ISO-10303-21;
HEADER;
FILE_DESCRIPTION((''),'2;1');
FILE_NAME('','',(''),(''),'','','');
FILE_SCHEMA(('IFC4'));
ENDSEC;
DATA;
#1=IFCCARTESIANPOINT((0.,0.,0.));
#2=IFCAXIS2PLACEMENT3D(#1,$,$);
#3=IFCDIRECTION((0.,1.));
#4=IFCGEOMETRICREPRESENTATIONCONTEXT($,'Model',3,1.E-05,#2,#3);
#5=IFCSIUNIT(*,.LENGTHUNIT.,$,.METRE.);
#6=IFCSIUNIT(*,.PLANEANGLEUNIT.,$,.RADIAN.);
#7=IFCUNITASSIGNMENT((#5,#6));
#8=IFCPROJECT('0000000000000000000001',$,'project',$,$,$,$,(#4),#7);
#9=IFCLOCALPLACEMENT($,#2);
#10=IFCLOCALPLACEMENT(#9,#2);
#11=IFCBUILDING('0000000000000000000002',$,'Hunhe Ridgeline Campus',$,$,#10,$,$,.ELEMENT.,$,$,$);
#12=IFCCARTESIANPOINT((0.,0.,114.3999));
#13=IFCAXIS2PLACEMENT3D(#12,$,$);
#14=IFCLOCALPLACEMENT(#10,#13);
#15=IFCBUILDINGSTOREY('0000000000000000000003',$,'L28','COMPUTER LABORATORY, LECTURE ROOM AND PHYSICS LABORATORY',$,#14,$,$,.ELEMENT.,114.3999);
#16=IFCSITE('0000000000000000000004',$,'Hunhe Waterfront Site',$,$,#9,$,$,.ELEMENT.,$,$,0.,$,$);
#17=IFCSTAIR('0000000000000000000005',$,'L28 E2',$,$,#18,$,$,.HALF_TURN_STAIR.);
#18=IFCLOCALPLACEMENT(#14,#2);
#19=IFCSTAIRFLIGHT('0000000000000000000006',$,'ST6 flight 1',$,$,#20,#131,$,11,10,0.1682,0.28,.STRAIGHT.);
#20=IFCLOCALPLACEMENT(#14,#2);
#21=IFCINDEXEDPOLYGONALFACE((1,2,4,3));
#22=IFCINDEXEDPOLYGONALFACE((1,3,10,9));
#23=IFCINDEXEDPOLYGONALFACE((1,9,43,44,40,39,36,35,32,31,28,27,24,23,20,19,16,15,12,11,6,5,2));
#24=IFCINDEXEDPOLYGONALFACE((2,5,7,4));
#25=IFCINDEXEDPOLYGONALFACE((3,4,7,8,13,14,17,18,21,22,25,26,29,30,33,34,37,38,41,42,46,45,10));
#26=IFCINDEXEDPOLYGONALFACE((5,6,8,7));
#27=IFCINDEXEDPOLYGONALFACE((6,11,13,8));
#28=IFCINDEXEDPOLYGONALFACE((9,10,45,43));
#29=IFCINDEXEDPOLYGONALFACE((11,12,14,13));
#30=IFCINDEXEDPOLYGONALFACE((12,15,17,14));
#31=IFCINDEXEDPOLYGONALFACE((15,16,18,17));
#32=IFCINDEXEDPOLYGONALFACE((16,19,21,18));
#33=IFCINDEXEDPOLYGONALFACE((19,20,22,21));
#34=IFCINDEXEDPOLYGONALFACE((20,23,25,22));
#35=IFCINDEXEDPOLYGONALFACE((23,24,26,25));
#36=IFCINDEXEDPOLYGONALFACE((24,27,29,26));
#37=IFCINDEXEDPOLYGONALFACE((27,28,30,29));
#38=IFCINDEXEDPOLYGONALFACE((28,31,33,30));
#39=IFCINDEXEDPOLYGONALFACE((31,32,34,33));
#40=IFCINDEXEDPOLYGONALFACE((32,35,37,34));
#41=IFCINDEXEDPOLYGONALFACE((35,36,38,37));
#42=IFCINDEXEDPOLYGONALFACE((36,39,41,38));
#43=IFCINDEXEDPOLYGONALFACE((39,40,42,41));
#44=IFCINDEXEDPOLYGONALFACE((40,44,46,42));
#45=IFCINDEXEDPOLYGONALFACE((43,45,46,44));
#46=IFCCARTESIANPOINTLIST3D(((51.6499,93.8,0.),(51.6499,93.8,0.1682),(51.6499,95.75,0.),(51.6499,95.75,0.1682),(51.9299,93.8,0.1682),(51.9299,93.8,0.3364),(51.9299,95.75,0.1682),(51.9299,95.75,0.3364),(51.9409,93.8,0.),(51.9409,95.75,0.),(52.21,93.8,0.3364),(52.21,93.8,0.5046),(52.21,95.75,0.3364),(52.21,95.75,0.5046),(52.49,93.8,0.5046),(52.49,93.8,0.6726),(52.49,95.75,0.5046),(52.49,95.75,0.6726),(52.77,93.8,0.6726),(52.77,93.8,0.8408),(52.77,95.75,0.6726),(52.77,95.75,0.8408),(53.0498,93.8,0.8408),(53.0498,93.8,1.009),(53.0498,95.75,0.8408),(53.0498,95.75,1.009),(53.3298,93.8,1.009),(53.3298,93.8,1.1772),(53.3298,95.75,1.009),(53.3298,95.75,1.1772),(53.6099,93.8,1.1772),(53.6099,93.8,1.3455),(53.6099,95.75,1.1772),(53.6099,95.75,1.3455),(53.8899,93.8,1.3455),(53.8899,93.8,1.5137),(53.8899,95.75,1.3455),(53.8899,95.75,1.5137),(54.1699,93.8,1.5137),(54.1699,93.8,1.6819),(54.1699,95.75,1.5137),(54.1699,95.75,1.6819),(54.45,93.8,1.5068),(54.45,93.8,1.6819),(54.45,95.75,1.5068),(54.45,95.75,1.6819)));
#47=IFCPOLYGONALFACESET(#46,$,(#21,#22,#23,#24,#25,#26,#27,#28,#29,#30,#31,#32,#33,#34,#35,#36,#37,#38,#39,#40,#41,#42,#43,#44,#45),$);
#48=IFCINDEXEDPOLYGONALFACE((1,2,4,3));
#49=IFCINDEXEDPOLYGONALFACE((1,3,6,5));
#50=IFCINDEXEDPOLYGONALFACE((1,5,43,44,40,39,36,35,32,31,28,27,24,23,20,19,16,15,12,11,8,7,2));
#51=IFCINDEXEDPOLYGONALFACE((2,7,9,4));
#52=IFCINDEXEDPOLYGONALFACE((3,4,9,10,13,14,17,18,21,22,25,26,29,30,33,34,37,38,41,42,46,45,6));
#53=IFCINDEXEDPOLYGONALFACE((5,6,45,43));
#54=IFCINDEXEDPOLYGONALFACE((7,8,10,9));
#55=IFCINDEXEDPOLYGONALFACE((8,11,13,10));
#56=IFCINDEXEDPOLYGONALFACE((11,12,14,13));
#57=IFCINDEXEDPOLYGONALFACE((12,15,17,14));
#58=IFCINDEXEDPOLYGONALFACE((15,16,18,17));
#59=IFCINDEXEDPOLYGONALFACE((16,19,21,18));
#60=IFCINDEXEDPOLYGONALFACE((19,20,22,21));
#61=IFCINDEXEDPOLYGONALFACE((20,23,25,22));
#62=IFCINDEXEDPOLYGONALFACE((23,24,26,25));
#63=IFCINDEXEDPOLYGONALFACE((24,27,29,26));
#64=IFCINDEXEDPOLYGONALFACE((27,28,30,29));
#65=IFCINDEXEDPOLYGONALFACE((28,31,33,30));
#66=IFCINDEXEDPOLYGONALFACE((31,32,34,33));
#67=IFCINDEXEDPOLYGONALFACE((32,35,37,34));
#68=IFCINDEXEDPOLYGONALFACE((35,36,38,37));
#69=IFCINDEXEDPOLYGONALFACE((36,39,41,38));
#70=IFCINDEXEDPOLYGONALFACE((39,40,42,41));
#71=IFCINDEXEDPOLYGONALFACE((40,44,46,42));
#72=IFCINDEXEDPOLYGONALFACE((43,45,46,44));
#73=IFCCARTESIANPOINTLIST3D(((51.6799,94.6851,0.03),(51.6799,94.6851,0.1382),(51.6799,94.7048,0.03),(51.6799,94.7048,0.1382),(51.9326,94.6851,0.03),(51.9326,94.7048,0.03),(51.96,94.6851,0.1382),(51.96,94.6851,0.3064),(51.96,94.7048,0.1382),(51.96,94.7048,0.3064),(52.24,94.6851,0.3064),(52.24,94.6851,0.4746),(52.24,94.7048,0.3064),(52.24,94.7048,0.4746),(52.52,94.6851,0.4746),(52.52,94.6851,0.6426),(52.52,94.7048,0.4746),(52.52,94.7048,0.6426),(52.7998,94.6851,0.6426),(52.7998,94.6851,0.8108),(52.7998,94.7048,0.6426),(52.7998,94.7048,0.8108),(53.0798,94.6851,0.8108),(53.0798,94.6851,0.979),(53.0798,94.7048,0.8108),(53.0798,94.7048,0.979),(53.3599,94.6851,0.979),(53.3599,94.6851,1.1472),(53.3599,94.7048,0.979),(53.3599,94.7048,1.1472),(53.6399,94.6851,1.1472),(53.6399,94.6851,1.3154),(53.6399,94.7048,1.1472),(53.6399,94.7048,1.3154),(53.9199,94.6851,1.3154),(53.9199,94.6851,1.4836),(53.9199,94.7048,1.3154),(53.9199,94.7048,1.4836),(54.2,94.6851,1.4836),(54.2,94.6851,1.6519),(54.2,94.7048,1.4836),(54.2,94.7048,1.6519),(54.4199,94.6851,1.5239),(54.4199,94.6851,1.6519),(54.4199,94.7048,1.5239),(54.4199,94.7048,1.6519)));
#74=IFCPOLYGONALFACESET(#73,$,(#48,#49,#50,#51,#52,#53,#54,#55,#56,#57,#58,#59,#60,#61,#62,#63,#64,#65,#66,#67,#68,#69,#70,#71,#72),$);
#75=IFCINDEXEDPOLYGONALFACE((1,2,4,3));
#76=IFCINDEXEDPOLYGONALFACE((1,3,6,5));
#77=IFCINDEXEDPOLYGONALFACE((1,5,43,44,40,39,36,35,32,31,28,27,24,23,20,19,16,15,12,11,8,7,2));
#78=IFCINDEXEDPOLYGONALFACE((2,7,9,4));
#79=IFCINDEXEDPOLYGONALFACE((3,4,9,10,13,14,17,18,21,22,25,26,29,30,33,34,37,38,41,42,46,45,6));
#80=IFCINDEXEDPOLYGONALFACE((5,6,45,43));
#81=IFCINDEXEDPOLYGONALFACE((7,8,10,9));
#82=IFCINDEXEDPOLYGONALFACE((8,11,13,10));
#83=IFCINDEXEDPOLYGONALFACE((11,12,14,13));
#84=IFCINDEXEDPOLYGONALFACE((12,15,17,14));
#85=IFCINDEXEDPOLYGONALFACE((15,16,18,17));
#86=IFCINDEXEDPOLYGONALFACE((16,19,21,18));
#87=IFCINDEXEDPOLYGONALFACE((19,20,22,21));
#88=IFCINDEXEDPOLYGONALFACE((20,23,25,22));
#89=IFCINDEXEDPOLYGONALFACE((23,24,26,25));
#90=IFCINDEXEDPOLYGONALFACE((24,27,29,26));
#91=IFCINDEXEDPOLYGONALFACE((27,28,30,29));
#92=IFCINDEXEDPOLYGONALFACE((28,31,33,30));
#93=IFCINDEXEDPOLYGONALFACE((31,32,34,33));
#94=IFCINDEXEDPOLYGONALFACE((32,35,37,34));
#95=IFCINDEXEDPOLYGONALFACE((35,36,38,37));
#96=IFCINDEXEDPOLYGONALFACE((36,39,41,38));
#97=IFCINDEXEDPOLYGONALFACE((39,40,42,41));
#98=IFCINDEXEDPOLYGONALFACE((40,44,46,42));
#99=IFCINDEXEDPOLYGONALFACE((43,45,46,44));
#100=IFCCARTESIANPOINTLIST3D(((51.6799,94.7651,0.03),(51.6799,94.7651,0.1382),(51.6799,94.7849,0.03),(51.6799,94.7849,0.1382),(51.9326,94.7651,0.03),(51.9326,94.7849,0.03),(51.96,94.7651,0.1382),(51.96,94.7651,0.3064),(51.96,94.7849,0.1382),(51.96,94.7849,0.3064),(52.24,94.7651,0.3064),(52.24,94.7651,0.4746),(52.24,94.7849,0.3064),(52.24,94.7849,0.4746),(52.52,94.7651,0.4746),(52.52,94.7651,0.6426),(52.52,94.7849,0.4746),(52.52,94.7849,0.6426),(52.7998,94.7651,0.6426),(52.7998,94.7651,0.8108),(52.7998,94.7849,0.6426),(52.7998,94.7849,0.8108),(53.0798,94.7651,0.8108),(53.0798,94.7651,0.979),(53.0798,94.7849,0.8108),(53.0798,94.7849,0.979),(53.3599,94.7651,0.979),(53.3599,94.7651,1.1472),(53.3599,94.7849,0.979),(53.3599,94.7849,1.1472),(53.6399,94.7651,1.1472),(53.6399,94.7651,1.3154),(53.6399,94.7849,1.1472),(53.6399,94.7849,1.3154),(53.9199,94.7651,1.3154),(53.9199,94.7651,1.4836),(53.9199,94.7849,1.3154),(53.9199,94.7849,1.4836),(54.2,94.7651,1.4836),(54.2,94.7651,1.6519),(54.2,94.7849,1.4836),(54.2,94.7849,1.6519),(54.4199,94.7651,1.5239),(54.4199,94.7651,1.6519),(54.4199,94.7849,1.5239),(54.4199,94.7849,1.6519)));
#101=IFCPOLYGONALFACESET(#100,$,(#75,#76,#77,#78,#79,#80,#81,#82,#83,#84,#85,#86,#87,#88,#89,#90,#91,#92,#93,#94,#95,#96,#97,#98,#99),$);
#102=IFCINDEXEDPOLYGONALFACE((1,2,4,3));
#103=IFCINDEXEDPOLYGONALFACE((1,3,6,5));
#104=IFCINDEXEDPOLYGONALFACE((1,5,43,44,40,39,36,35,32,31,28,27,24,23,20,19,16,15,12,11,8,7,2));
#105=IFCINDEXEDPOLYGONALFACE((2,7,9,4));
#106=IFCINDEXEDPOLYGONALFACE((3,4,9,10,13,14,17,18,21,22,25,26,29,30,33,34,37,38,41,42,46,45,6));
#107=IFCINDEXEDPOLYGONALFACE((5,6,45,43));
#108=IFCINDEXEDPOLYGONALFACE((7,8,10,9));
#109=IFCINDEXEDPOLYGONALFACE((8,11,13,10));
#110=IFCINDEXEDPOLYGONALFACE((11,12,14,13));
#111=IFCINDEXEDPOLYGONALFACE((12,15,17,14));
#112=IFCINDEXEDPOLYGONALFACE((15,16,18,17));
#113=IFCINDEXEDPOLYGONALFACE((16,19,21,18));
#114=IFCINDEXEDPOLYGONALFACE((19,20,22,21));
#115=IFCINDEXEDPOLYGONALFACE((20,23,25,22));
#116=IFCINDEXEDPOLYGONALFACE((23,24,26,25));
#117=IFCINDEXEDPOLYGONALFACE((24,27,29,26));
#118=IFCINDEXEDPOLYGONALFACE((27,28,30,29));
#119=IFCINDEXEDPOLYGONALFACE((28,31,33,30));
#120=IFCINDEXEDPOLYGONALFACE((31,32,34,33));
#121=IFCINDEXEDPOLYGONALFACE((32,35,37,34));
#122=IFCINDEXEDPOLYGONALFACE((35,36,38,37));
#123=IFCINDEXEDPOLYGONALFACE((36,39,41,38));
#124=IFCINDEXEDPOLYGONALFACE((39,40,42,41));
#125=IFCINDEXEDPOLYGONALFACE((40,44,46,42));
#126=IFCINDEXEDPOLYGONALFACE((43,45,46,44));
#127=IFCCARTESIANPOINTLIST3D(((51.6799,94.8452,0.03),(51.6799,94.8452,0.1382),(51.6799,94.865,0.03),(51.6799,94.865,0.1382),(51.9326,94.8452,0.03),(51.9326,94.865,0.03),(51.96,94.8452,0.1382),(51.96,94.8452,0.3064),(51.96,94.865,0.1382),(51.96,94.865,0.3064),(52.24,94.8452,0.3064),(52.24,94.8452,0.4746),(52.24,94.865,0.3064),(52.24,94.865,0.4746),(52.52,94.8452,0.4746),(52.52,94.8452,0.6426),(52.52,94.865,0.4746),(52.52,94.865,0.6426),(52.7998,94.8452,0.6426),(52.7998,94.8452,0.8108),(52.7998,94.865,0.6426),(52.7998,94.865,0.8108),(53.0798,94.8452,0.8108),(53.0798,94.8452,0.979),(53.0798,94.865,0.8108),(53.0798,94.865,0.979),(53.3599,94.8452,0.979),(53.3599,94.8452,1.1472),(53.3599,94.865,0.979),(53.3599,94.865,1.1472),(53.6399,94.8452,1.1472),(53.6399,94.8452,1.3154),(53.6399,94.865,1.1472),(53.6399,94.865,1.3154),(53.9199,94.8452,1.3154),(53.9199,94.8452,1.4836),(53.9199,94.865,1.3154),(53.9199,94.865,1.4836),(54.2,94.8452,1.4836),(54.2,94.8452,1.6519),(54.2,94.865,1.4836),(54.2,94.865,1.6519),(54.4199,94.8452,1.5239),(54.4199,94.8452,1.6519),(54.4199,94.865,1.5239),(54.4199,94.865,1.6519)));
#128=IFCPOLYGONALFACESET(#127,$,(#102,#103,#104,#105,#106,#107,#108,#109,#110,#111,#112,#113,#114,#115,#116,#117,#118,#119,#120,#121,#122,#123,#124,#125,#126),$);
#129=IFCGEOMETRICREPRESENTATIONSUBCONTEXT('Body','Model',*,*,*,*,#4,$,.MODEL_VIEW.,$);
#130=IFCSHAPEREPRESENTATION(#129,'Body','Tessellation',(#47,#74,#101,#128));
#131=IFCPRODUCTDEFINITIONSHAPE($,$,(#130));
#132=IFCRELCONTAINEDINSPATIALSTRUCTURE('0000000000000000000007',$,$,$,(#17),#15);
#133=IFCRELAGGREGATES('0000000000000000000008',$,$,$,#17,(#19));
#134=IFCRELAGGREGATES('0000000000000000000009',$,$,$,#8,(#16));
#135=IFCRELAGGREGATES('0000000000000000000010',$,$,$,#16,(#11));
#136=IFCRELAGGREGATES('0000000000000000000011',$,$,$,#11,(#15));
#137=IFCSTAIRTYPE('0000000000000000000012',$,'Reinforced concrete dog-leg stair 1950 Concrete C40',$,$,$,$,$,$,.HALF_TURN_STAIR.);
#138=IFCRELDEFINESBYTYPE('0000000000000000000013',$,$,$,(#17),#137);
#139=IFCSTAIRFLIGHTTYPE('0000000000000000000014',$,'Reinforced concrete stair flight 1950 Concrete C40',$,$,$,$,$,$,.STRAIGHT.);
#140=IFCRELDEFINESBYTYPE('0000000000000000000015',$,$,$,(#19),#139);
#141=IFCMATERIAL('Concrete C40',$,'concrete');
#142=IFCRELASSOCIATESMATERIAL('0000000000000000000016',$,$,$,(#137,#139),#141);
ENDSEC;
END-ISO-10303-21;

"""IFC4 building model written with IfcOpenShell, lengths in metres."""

from ifc_helpers import new_model, si_unit, direction, frame, origin, place, context, subcontext, project, spatial, polyline, outline, extrude, material, type_object, element, aggregate, save


model = new_model("IFC4")

# Units and contexts
model_context = context("Model", 3, precision=1e-05, world=origin(), true_north=direction((0.0, 1.0)))
body_context = subcontext(model_context, "Body", "Model", "MODEL_VIEW")
ifc_project = project(units=[si_unit("LENGTHUNIT", "METRE"), si_unit("PLANEANGLEUNIT", "RADIAN")], contexts=[model_context])

# Site, building, storey
site_placement = place(None, origin())
site = spatial("IfcSite", under=ifc_project, at=site_placement, Name="Hunhe Waterfront Site", CompositionType="ELEMENT", RefElevation=0.0)
building_placement = place(site_placement, origin())
building = spatial("IfcBuilding", under=site, at=building_placement, Name="Hunhe Ridgeline Campus", CompositionType="ELEMENT")
storey_placement = place(building_placement, frame((0.0, 0.0, 114.3999)))
storey = spatial("IfcBuildingStorey", under=building, at=storey_placement, Name="L28", Description="COMPUTER LABORATORY, LECTURE ROOM AND PHYSICS LABORATORY", CompositionType="ELEMENT", Elevation=114.3999)

# Stair, stair flight
ifc_material_1 = material(Name="Concrete C40", Category="concrete")
stair_type = type_object("IfcStairType", Name="Reinforced concrete dog-leg stair 1950 Concrete C40", PredefinedType="HALF_TURN_STAIR", material=ifc_material_1)
stair_1_placement = place(storey_placement, origin())
stair_1 = element("IfcStair", 1, at=stair_1_placement, inside=storey, type_object=stair_type, Name="L28 E2", PredefinedType="HALF_TURN_STAIR")
stair_flight_type = type_object("IfcStairFlightType", Name="Reinforced concrete stair flight 1950 Concrete C40", PredefinedType="STRAIGHT", material=ifc_material_1)
stair_flight_1_placement = place(storey_placement, frame((51.6499, 94.7749, 0.0), z_axis=(0.0, 0.0, 1.0), x_axis=(1.0, 0.0, 0.0)))
stair_flight_1 = element("IfcStairFlight", 2, at=stair_flight_1_placement, type_object=stair_flight_type, Name="ST6 flight 1", NumberOfRisers=11, NumberOfTreads=10, PredefinedType="STRAIGHT", RiserHeight=0.1682, TreadLength=0.28, context=body_context, shape_type="SweptSolid", body=[
    extrude(outline(polyline([(0.0, 0.0), (0.0, 0.1682), (0.28, 0.1682), (0.28, 0.3364), (0.5601, 0.3364), (0.5601, 0.5046), (0.8401, 0.5046), (0.8401, 0.6726), (1.1201, 0.6726), (1.1201, 0.8408), (1.3999, 0.8408), (1.3999, 1.009), (1.6799, 1.009), (1.6799, 1.1772), (1.96, 1.1772), (1.96, 1.3455), (2.24, 1.3455), (2.24, 1.5137), (2.52, 1.5137), (2.52, 1.6819), (2.8, 1.6819), (2.8, 1.8501), (2.8, 1.5068), (0.291, 0.0), (0.0, 0.0)])), frame((0.0, 0.9751, 0.0), z_axis=(0.0, -1.0, 0.0), x_axis=(1.0, 0.0, 0.0)), (0.0, 0.0, 1.0), 1.95),
    extrude(outline(polyline([(0.03, 0.03), (0.03, 0.1382), (0.3101, 0.1382), (0.3101, 0.3064), (0.5901, 0.3064), (0.5901, 0.4746), (0.8701, 0.4746), (0.8701, 0.6426), (1.1499, 0.6426), (1.1499, 0.8108), (1.4299, 0.8108), (1.4299, 0.979), (1.71, 0.979), (1.71, 1.1472), (1.99, 1.1472), (1.99, 1.3154), (2.27, 1.3154), (2.27, 1.4836), (2.55, 1.4836), (2.55, 1.6519), (2.77, 1.6519), (2.77, 1.5239), (0.2827, 0.03), (0.03, 0.03)])), frame((0.0, -0.0701, 0.0), z_axis=(0.0, -1.0, 0.0), x_axis=(1.0, 0.0, 0.0)), (0.0, 0.0, 1.0), 0.0198),
    extrude(outline(polyline([(0.03, 0.03), (0.03, 0.1382), (0.3101, 0.1382), (0.3101, 0.3064), (0.5901, 0.3064), (0.5901, 0.4746), (0.8701, 0.4746), (0.8701, 0.6426), (1.1499, 0.6426), (1.1499, 0.8108), (1.4299, 0.8108), (1.4299, 0.979), (1.71, 0.979), (1.71, 1.1472), (1.99, 1.1472), (1.99, 1.3154), (2.27, 1.3154), (2.27, 1.4836), (2.55, 1.4836), (2.55, 1.6519), (2.77, 1.6519), (2.77, 1.5239), (0.2827, 0.03), (0.03, 0.03)])), frame((0.0, 0.01, 0.0), z_axis=(0.0, -1.0, 0.0), x_axis=(1.0, 0.0, 0.0)), (0.0, 0.0, 1.0), 0.0198),
    extrude(outline(polyline([(0.03, 0.03), (0.03, 0.1382), (0.3101, 0.1382), (0.3101, 0.3064), (0.5901, 0.3064), (0.5901, 0.4746), (0.8701, 0.4746), (0.8701, 0.6426), (1.1499, 0.6426), (1.1499, 0.8108), (1.4299, 0.8108), (1.4299, 0.979), (1.71, 0.979), (1.71, 1.1472), (1.99, 1.1472), (1.99, 1.3154), (2.27, 1.3154), (2.27, 1.4836), (2.55, 1.4836), (2.55, 1.6519), (2.77, 1.6519), (2.77, 1.5239), (0.2827, 0.03), (0.03, 0.03)])), frame((0.0, 0.0901, 0.0), z_axis=(0.0, -1.0, 0.0), x_axis=(1.0, 0.0, 0.0)), (0.0, 0.0, 1.0), 0.0198),
])
aggregate(stair_1, [stair_flight_1])

save(model, "model.ifc")
